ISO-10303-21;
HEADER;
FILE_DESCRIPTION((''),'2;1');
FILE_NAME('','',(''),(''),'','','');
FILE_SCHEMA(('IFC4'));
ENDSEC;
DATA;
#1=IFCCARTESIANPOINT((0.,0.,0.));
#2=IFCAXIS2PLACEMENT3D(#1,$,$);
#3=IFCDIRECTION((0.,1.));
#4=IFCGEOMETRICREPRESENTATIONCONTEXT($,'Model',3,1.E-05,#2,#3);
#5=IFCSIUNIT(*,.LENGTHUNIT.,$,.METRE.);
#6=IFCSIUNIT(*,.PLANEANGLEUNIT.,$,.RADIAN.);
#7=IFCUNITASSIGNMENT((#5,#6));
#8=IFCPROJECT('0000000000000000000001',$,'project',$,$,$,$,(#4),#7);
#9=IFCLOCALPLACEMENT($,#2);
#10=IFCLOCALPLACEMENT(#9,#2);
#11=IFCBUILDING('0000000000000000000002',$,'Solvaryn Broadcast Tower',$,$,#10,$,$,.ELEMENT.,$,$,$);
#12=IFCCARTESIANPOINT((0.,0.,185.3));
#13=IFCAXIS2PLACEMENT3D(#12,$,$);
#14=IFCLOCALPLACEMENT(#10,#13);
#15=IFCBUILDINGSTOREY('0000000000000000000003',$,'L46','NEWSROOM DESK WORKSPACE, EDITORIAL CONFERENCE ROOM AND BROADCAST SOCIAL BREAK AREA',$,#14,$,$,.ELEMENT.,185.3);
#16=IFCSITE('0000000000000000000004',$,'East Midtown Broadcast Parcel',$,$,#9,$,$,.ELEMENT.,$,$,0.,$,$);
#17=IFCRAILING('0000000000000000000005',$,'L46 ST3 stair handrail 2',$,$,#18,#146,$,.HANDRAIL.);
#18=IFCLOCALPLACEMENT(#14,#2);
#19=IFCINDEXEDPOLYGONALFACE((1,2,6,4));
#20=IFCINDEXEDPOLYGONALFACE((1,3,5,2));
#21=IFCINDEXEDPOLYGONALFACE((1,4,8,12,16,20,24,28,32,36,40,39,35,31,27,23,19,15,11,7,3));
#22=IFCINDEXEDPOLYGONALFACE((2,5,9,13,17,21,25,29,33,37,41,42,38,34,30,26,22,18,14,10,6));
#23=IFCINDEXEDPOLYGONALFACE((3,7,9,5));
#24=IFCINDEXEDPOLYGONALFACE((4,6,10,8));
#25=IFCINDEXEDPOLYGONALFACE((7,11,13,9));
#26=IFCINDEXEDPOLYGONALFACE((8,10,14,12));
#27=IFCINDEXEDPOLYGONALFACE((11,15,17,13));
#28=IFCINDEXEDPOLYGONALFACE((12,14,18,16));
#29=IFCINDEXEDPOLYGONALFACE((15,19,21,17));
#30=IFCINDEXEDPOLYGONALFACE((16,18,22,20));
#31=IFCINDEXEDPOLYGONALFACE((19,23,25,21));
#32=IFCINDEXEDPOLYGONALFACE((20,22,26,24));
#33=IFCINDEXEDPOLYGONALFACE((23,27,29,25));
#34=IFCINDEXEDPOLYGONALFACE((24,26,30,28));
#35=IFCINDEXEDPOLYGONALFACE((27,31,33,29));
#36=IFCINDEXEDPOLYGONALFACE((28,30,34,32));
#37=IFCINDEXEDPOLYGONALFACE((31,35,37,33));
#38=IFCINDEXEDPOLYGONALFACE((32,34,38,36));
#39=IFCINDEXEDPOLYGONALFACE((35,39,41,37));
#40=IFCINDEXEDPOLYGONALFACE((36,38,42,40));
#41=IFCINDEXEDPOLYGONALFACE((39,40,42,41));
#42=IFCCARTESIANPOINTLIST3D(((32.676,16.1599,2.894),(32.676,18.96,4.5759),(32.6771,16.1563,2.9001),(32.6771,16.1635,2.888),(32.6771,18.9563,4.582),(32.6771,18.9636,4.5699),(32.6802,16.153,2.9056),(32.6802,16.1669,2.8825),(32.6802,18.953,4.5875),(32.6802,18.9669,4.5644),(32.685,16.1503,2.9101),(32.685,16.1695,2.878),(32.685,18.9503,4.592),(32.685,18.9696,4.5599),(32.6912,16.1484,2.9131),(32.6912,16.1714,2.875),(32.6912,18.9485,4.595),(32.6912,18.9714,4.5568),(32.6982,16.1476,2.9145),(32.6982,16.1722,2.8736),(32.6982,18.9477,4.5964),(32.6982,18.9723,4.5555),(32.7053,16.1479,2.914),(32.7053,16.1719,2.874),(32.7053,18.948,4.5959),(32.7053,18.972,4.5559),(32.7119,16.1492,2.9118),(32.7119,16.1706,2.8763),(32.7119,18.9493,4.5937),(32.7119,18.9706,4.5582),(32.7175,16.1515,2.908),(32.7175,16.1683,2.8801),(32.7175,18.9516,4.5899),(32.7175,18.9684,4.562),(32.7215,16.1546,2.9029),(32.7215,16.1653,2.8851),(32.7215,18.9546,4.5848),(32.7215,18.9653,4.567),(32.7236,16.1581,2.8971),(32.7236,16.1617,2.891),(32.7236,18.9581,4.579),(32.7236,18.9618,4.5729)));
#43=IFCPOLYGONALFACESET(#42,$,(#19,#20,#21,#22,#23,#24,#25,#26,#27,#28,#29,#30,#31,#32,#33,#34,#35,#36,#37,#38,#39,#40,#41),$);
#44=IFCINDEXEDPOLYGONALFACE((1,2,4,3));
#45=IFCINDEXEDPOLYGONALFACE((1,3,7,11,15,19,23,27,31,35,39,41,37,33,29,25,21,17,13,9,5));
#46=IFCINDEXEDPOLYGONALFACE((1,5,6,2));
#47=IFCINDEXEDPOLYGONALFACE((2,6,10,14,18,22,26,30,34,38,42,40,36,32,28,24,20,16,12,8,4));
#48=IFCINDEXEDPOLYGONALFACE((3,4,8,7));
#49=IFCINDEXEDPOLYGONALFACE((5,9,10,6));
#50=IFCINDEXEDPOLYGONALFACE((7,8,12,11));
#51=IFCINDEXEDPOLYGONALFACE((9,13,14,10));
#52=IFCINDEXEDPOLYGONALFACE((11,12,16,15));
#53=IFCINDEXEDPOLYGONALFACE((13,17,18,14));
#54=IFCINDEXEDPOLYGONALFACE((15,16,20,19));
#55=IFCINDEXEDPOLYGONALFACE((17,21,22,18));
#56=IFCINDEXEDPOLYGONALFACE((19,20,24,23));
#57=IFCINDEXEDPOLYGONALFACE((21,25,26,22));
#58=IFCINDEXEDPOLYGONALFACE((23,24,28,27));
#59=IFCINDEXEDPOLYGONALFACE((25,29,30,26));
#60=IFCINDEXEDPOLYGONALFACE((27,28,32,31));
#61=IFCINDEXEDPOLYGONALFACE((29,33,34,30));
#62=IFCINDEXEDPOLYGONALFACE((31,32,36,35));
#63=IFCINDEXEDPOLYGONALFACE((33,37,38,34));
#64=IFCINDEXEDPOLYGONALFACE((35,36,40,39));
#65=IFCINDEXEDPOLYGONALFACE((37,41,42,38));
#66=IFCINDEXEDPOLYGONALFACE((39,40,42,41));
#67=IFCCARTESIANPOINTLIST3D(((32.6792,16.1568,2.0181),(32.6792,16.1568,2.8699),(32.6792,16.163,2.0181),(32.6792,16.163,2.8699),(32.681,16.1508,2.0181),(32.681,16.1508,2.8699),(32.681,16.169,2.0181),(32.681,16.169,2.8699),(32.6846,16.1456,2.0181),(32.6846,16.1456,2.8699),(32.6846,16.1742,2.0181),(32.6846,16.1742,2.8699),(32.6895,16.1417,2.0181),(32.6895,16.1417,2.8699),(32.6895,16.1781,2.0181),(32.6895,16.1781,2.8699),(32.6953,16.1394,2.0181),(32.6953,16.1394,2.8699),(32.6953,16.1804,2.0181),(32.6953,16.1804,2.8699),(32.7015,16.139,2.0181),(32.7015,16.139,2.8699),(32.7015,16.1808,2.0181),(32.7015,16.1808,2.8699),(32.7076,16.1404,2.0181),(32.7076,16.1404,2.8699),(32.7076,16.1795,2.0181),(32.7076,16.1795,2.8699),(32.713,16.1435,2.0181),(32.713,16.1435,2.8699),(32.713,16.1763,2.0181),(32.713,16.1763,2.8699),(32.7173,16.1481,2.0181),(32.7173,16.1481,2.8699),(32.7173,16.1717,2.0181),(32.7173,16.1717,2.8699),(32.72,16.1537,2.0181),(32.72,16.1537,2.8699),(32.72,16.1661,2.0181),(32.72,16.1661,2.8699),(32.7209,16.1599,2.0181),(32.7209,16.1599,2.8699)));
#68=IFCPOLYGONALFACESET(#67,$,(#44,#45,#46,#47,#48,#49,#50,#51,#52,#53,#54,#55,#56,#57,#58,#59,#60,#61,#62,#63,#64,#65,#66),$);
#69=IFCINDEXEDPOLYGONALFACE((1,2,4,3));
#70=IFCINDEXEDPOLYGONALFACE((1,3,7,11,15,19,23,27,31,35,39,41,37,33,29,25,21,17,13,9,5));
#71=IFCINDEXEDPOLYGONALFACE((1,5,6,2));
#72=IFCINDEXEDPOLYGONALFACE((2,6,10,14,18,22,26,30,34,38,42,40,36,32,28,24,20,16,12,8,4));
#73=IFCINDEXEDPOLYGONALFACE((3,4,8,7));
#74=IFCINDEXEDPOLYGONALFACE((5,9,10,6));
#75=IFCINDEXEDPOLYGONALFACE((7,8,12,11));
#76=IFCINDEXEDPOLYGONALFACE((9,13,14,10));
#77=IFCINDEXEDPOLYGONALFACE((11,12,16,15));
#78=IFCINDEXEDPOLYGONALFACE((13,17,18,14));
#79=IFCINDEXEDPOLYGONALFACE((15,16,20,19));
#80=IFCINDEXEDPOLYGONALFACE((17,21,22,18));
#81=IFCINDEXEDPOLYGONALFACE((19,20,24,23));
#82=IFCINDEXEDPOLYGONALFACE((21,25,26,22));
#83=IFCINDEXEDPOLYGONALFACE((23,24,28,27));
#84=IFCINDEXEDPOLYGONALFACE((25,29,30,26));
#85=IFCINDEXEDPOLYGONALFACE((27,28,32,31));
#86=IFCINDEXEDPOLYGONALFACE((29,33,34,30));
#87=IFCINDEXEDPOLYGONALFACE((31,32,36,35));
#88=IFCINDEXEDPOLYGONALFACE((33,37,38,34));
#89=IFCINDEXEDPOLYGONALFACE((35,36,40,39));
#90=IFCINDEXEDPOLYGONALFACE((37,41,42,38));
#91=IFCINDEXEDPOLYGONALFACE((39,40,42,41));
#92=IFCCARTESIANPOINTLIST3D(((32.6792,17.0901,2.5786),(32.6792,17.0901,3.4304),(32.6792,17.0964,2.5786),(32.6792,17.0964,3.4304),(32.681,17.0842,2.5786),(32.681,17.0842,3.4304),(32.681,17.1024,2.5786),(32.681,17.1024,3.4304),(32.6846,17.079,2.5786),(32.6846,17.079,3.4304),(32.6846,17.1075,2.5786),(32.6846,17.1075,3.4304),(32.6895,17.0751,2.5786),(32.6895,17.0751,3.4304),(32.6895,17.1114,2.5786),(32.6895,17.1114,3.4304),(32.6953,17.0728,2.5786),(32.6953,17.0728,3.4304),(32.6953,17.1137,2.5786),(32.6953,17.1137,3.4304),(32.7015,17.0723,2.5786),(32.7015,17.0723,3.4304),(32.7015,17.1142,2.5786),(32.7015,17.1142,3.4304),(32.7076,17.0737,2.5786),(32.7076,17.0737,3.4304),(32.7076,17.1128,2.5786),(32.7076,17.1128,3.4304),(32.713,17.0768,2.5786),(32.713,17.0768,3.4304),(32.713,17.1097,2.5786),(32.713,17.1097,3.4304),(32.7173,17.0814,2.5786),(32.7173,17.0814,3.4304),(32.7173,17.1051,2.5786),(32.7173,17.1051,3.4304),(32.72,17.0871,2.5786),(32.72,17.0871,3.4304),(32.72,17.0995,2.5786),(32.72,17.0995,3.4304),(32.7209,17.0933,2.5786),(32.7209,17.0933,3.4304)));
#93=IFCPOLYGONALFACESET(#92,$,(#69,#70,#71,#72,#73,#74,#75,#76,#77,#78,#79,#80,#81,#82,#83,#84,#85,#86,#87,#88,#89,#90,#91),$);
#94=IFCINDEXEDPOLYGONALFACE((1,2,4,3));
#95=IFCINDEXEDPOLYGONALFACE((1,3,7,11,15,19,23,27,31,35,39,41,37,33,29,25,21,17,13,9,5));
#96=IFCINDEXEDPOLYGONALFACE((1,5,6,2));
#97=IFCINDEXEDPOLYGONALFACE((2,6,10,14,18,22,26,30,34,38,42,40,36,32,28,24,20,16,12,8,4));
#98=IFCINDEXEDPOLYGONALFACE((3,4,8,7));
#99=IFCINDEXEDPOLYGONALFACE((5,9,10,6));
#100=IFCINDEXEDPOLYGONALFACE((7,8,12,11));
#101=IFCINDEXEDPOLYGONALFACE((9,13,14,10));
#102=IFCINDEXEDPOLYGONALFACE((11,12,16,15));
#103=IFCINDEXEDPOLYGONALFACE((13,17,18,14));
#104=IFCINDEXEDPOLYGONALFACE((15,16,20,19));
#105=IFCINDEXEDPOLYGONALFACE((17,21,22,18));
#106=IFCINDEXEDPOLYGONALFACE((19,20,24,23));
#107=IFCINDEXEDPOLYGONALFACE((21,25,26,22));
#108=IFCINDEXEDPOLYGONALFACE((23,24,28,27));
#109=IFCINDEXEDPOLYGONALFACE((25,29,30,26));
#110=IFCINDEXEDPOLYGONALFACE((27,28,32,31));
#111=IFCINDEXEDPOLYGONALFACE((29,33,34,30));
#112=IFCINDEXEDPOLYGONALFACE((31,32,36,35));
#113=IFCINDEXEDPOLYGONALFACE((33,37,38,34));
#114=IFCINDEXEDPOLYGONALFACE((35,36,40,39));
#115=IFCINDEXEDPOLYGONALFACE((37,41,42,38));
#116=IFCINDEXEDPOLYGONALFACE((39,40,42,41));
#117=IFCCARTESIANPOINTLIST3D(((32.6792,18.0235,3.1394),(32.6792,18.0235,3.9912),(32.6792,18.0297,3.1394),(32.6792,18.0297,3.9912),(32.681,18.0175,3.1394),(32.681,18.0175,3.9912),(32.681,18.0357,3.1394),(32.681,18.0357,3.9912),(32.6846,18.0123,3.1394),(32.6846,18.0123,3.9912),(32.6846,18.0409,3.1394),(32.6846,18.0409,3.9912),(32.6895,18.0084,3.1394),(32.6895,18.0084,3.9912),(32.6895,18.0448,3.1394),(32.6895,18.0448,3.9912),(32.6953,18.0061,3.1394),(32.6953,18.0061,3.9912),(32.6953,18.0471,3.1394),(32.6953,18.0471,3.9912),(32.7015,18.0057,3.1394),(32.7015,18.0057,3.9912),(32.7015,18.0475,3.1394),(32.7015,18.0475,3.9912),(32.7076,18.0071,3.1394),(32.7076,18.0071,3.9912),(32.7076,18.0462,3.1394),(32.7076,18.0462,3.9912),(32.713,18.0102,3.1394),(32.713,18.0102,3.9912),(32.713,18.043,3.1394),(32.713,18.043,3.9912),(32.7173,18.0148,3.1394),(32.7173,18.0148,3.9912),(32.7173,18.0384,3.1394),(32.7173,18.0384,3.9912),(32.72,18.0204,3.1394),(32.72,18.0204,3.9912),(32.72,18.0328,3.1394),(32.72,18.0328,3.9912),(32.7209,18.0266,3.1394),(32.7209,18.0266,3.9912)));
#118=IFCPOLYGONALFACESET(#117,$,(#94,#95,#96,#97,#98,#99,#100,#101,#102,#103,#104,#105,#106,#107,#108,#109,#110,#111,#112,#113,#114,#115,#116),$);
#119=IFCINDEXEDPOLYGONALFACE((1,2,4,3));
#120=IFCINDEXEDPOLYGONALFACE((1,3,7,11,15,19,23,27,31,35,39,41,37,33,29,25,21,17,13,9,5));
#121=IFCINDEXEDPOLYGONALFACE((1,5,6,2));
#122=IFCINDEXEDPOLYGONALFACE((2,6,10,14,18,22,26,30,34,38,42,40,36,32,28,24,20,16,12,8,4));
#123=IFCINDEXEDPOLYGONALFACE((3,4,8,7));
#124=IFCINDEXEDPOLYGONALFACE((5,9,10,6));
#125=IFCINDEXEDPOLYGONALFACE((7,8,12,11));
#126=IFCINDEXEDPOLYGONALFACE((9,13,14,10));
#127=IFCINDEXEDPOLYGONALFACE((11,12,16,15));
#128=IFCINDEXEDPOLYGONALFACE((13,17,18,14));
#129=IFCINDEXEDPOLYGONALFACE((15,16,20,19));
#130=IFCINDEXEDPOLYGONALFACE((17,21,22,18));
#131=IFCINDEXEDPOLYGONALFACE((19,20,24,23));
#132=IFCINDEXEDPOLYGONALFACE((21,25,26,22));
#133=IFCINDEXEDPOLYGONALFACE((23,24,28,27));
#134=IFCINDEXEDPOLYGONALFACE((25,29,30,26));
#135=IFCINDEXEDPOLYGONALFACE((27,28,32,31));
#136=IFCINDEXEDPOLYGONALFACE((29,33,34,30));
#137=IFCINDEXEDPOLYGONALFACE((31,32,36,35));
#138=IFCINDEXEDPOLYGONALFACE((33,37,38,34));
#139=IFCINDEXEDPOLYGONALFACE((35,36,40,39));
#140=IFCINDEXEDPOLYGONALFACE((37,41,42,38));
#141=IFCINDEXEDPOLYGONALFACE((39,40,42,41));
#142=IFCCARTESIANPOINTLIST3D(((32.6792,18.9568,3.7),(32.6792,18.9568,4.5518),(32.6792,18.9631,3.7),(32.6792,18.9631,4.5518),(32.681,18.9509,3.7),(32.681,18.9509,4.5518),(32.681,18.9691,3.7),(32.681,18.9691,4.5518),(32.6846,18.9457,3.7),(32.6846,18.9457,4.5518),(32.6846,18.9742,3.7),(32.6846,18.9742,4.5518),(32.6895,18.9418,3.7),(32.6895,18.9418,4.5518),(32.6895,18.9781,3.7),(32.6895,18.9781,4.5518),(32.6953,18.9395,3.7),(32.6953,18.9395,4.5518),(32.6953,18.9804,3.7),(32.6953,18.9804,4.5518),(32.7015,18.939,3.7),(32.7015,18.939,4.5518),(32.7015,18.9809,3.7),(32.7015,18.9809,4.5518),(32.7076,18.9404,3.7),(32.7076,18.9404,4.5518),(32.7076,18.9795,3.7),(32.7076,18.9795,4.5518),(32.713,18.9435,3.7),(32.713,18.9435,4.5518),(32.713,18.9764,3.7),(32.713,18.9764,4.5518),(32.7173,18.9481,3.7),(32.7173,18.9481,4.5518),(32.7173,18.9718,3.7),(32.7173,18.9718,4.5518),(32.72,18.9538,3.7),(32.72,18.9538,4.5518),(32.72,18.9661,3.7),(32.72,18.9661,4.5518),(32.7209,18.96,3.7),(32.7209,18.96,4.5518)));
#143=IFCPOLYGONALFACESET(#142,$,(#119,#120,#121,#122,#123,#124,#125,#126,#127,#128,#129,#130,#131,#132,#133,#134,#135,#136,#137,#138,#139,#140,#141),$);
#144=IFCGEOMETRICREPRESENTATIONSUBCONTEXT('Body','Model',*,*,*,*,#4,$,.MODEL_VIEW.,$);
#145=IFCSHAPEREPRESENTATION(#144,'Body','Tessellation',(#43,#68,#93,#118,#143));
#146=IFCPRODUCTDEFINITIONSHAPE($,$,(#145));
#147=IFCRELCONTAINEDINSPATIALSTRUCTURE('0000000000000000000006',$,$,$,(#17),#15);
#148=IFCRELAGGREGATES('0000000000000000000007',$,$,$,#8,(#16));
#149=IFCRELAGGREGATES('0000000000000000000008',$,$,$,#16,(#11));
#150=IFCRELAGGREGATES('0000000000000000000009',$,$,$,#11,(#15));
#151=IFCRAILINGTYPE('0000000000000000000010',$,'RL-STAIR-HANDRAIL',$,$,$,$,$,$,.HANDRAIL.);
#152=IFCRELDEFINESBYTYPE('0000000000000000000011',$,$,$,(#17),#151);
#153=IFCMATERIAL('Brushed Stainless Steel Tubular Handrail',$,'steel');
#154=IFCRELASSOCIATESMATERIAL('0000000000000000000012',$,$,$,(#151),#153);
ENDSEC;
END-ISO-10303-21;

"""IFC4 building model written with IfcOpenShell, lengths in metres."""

from ifc_helpers import new_model, si_unit, direction, frame, origin, origin_2d, place, context, subcontext, project, spatial, circle, extrude, material, type_object, element, save


model = new_model("IFC4")

# Units and contexts
model_context = context("Model", 3, precision=1e-05, world=origin(), true_north=direction((0.0, 1.0)))
body_context = subcontext(model_context, "Body", "Model", "MODEL_VIEW")
ifc_project = project(units=[si_unit("LENGTHUNIT", "METRE"), si_unit("PLANEANGLEUNIT", "RADIAN")], contexts=[model_context])

# Site, building, storey
site_placement = place(None, origin())
site = spatial("IfcSite", under=ifc_project, at=site_placement, Name="East Midtown Broadcast Parcel", CompositionType="ELEMENT", RefElevation=0.0)
building_placement = place(site_placement, origin())
building = spatial("IfcBuilding", under=site, at=building_placement, Name="Solvaryn Broadcast Tower", CompositionType="ELEMENT")
storey_placement = place(building_placement, frame((0.0, 0.0, 185.3)))
storey = spatial("IfcBuildingStorey", under=building, at=storey_placement, Name="L46", Description="NEWSROOM DESK WORKSPACE, EDITORIAL CONFERENCE ROOM AND BROADCAST SOCIAL BREAK AREA", CompositionType="ELEMENT", Elevation=185.3)

# Railing
ifc_material_1 = material(Name="Brushed Stainless Steel Tubular Handrail", Category="steel")
railing_type_1 = type_object("IfcRailingType", Name="RL-STAIR-HANDRAIL", PredefinedType="HANDRAIL", material=ifc_material_1)
railing_1_placement = place(storey_placement, frame((32.7, 16.1599, 2.0181)))
element("IfcRailing", 1, at=railing_1_placement, inside=storey, type_object=railing_type_1, Name="L46 ST3 stair handrail 2", PredefinedType="HANDRAIL", context=body_context, shape_type="SweptSolid", body=[
    extrude(circle(Radius=0.0239, at=origin_2d()), frame((0.0, 0.0, 0.876), z_axis=(0.0, 0.857242, 0.514913), x_axis=(-1.0, 0.0, 0.0)), (0.0, 0.0, 1.0), 3.2664),
    extrude(circle(Radius=0.021, at=origin_2d()), origin(), (0.0, 0.0, 1.0), 0.8518),
    extrude(circle(Radius=0.021, at=origin_2d()), frame((0.0, 0.9333, 0.5605)), (0.0, 0.0, 1.0), 0.8518),
    extrude(circle(Radius=0.021, at=origin_2d()), frame((0.0, 1.8667, 1.1213)), (0.0, 0.0, 1.0), 0.8518),
    extrude(circle(Radius=0.021, at=origin_2d()), frame((0.0, 2.8, 1.6819)), (0.0, 0.0, 1.0), 0.8518),
])

save(model, "model.ifc")
